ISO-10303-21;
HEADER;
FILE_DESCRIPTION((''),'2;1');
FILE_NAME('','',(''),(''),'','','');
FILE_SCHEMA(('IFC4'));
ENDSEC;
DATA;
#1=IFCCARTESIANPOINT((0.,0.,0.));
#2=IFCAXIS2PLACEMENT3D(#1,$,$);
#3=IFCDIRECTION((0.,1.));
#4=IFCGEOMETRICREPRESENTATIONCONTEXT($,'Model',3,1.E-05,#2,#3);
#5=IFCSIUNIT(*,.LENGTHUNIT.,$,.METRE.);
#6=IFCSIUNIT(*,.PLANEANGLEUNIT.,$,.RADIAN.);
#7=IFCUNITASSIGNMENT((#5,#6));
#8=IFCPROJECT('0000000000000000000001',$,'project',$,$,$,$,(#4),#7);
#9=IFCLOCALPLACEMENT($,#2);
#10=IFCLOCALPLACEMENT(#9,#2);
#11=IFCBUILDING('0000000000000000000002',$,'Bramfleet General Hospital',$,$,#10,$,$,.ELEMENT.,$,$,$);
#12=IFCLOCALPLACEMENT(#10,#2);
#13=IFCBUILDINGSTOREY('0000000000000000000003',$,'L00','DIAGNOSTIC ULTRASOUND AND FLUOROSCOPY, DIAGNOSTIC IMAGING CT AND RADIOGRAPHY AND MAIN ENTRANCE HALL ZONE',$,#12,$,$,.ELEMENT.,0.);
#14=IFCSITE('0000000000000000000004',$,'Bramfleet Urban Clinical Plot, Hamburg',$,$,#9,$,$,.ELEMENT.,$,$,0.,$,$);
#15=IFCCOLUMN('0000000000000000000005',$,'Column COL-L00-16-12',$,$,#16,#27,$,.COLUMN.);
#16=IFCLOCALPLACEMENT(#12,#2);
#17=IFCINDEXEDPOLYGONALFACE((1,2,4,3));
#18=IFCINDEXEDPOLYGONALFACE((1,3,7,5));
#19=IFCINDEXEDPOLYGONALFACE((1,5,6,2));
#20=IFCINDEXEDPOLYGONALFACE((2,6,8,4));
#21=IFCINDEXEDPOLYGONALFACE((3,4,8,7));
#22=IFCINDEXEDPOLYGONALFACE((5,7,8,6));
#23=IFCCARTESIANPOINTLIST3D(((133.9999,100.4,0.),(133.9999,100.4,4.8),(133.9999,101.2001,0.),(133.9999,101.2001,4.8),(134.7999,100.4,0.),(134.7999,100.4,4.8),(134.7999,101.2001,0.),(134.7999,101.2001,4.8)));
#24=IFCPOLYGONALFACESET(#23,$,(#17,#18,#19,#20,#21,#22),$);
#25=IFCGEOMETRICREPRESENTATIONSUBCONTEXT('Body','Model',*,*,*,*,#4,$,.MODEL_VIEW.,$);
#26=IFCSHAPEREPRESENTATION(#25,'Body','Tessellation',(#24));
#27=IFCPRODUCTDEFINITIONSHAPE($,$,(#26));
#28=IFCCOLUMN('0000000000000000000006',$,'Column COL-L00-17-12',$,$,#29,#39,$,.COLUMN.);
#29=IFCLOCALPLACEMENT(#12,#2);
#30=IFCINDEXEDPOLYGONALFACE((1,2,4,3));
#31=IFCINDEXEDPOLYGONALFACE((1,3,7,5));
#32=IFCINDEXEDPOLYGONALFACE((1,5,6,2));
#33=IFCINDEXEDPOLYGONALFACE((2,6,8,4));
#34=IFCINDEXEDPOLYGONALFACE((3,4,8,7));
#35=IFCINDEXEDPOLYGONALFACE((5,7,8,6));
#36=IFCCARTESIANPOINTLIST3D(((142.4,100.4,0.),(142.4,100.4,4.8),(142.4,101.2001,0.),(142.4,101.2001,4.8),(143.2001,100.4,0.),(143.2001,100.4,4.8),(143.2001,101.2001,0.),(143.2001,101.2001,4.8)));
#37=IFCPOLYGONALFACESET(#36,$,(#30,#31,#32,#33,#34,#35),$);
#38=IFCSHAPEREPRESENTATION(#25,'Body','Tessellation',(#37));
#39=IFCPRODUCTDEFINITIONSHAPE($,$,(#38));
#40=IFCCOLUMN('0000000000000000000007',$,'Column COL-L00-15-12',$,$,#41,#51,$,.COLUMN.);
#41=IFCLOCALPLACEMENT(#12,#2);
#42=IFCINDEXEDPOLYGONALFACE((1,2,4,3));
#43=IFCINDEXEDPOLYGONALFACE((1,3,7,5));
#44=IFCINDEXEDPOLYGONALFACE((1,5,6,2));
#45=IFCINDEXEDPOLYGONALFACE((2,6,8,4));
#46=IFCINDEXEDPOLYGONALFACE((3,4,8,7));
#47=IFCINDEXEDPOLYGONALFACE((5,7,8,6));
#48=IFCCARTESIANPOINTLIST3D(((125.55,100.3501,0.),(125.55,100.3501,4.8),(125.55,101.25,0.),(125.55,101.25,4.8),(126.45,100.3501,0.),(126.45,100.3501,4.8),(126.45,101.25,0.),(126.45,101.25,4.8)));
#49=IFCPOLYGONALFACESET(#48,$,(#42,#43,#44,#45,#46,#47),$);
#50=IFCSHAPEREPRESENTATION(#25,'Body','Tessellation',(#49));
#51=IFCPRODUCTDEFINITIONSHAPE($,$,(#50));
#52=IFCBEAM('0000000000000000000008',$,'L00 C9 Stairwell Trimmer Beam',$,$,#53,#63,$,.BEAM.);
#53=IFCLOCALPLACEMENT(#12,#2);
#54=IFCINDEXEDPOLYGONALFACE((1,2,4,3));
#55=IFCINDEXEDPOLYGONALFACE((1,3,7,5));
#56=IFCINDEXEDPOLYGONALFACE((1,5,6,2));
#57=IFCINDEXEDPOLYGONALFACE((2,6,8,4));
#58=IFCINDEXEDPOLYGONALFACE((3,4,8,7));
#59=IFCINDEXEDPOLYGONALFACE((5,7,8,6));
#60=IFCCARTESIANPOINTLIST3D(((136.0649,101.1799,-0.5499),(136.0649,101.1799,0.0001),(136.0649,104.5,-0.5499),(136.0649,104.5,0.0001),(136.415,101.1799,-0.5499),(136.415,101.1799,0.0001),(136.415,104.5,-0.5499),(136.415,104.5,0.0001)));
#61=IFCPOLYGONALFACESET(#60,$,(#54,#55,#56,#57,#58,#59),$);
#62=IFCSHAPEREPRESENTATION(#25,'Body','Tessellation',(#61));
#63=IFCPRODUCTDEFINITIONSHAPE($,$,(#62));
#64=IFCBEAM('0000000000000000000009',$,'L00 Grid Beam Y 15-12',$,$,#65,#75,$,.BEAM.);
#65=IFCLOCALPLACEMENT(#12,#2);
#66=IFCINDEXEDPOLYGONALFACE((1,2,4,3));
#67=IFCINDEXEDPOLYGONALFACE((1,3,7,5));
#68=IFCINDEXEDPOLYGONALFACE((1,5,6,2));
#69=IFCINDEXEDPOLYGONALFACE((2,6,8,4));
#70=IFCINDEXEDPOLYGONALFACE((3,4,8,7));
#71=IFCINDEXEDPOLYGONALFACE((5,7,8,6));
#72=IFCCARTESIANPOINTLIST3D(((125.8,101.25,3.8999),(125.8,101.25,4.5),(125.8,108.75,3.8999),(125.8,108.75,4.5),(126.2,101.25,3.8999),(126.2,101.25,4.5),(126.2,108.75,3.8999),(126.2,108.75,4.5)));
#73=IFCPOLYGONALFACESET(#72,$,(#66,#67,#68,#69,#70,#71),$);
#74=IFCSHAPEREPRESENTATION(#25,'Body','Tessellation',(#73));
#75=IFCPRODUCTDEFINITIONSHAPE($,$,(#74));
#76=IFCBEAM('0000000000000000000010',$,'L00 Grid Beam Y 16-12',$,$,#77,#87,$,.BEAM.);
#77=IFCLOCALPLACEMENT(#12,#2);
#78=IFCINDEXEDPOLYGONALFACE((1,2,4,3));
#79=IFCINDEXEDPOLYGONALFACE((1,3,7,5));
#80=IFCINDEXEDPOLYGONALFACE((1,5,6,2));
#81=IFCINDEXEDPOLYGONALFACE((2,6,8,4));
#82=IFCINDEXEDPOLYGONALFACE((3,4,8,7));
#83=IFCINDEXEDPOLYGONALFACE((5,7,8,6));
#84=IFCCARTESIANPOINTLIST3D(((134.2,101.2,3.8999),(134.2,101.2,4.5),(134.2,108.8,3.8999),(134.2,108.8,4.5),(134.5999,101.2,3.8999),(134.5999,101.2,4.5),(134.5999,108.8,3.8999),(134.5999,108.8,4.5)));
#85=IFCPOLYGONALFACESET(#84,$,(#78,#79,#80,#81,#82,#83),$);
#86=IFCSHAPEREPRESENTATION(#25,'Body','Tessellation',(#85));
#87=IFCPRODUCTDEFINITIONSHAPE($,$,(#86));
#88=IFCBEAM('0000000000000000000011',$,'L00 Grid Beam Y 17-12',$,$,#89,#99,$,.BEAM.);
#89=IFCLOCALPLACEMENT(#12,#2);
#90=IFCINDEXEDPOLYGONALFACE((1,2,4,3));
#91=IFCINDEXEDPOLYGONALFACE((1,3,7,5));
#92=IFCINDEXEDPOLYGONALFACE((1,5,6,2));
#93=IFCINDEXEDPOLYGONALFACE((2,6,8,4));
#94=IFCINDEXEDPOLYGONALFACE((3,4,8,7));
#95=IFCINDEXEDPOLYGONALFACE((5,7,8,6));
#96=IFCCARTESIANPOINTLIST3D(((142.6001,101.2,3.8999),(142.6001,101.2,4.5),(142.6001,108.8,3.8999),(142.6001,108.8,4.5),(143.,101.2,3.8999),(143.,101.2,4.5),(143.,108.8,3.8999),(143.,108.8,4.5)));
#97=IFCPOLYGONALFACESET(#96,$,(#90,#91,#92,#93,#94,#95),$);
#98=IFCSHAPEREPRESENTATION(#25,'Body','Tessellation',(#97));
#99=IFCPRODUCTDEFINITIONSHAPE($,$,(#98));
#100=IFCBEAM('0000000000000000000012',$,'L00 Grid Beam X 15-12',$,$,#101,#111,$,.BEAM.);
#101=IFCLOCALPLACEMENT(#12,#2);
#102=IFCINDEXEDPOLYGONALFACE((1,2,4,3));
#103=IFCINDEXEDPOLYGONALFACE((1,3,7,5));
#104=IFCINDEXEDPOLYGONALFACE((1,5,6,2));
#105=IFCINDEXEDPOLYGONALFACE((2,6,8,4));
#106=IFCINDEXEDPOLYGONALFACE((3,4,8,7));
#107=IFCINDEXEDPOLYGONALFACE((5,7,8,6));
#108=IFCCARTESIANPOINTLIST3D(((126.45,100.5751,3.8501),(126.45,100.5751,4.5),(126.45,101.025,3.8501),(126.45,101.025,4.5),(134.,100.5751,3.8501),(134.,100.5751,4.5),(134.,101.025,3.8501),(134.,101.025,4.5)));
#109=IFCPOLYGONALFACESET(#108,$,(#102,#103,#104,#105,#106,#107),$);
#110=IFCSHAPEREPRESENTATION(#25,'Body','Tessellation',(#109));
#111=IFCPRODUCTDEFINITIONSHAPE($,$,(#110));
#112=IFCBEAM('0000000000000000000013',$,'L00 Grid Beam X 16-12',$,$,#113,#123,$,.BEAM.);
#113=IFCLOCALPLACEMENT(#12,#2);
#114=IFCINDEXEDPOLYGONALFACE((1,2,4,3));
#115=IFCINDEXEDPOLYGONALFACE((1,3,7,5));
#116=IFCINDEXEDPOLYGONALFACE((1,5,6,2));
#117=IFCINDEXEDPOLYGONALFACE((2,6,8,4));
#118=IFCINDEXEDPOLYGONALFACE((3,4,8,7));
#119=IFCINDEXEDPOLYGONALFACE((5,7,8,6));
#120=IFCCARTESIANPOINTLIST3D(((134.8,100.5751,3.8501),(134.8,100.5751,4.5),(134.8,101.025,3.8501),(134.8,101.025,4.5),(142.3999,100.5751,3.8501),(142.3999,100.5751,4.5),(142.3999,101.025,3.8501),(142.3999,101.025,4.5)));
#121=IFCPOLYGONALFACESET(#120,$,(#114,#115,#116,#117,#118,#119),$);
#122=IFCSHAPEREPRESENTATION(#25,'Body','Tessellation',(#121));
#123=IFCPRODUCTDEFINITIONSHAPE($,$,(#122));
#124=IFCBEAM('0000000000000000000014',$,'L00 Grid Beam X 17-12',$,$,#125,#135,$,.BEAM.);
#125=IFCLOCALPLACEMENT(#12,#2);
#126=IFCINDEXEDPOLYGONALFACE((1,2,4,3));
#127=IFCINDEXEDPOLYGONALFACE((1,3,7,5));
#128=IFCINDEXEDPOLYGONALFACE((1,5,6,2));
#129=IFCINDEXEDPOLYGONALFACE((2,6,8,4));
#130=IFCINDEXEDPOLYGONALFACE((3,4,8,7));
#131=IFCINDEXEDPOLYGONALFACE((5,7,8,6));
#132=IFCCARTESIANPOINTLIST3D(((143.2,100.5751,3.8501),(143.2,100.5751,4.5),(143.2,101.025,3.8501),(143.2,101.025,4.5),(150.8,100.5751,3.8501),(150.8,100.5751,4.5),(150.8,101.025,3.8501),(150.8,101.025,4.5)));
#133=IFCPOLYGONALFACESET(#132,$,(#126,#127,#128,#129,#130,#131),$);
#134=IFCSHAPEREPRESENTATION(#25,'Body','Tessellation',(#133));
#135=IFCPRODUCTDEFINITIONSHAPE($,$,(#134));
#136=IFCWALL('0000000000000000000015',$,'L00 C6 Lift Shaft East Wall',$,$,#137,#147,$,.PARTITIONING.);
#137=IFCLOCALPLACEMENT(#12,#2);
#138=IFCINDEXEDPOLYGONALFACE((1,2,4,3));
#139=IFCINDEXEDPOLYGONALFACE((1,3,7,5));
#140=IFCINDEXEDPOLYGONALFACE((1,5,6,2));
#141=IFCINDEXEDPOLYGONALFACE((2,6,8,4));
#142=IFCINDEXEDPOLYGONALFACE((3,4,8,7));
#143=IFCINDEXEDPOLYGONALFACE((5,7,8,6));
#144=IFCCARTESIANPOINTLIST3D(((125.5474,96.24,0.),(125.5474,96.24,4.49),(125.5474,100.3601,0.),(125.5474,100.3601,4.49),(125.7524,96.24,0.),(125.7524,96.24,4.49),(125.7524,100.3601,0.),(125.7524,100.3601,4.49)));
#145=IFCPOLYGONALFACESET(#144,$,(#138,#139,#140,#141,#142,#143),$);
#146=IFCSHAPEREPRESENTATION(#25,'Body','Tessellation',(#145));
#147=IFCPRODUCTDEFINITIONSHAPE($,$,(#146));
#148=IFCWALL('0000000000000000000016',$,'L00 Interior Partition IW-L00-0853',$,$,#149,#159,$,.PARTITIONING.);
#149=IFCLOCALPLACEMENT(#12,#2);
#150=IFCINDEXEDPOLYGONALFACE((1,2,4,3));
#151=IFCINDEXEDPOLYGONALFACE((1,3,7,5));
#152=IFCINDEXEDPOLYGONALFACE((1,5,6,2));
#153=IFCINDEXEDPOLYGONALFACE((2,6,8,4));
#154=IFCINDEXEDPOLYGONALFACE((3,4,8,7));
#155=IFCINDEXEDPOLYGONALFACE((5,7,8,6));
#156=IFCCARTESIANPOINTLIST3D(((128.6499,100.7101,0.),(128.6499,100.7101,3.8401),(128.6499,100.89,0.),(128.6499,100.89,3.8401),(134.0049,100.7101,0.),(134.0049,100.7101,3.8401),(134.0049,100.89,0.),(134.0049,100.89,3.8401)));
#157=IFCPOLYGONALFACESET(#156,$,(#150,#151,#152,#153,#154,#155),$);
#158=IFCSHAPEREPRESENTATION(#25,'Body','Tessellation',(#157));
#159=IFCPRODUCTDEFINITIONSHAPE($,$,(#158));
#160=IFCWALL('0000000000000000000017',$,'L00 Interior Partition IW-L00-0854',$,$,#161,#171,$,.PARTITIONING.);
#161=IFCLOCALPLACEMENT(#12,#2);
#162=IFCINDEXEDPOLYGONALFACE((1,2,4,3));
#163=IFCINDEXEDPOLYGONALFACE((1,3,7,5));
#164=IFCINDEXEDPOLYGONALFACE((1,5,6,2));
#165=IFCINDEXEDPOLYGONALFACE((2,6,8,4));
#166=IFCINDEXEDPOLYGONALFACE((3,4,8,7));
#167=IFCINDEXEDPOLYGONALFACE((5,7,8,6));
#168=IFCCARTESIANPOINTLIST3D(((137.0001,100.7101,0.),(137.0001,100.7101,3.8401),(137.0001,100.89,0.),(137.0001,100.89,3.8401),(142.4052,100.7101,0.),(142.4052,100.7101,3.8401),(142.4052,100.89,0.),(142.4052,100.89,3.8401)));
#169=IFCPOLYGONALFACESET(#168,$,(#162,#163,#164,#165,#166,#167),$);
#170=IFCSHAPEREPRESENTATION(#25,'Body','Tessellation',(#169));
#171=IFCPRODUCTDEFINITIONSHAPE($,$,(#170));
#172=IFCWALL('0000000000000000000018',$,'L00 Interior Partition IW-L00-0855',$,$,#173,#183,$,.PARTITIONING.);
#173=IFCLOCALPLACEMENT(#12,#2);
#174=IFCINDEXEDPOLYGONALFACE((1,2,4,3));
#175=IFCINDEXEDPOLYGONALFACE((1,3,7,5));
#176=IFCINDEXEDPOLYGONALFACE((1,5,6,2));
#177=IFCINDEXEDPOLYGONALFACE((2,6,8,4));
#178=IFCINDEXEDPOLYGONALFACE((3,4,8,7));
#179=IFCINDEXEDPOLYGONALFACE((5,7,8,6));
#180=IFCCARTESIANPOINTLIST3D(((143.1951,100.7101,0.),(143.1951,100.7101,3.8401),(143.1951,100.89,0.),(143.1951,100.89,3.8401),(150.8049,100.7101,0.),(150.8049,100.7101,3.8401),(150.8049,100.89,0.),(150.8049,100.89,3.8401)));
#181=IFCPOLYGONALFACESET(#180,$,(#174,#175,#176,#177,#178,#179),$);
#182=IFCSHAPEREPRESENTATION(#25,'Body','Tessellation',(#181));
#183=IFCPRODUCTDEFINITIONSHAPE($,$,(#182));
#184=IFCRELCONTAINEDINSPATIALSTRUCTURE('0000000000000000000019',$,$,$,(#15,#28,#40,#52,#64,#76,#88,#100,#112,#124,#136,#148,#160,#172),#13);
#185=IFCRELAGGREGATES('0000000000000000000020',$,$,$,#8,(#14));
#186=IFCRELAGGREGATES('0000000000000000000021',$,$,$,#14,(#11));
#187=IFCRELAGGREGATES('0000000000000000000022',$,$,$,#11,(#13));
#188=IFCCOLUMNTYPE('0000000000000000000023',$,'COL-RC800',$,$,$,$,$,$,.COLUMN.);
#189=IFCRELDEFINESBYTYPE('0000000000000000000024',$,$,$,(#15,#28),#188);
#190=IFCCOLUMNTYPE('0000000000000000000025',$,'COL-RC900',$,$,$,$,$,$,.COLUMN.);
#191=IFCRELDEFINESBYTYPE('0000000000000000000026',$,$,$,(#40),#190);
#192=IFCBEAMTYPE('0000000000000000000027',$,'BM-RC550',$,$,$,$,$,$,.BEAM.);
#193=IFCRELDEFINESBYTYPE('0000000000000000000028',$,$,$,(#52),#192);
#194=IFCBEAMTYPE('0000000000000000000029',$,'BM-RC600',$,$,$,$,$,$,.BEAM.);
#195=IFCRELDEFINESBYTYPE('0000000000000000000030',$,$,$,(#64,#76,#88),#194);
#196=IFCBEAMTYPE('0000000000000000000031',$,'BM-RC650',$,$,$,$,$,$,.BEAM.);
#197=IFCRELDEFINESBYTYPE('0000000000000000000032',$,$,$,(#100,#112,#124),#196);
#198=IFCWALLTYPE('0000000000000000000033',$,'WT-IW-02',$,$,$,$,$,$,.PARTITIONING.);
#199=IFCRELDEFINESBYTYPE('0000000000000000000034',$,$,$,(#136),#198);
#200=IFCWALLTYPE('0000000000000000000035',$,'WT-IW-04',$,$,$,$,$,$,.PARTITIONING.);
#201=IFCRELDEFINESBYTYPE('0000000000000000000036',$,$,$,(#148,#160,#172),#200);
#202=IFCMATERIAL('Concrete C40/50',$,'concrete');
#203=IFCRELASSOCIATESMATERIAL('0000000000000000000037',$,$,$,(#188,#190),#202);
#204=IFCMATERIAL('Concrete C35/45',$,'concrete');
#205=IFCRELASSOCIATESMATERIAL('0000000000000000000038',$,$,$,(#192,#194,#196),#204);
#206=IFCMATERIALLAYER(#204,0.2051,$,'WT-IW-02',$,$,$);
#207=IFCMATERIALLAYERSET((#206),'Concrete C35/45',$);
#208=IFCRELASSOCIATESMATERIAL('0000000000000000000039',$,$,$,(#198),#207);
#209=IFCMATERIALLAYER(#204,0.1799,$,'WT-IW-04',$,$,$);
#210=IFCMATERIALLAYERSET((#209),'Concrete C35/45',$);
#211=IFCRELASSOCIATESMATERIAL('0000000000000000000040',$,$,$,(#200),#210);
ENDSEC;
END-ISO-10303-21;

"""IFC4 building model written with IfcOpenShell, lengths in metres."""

from ifc_helpers import new_model, si_unit, direction, frame, frame_2d, origin, origin_2d, place, context, subcontext, project, spatial, rectangle, extrude, material, layer, layer_set, material_profile, profile_set, type_object, element, save


model = new_model("IFC4")

# Units and contexts
model_context = context("Model", 3, precision=1e-05, world=origin(), true_north=direction((0.0, 1.0)))
body_context = subcontext(model_context, "Body", "Model", "MODEL_VIEW")
ifc_project = project(units=[si_unit("LENGTHUNIT", "METRE"), si_unit("PLANEANGLEUNIT", "RADIAN")], contexts=[model_context])

# Site, building, storey
site_placement = place(None, origin())
site = spatial("IfcSite", under=ifc_project, at=site_placement, Name="Bramfleet Urban Clinical Plot, Hamburg", CompositionType="ELEMENT", RefElevation=0.0)
building_placement = place(site_placement, origin())
building = spatial("IfcBuilding", under=site, at=building_placement, Name="Bramfleet General Hospital", CompositionType="ELEMENT")
storey_placement = place(building_placement, origin())
storey = spatial("IfcBuildingStorey", under=building, at=storey_placement, Name="L00", Description="DIAGNOSTIC ULTRASOUND AND FLUOROSCOPY, DIAGNOSTIC IMAGING CT AND RADIOGRAPHY AND MAIN ENTRANCE HALL ZONE", CompositionType="ELEMENT", Elevation=0.0)

# Columns
ifc_material_1 = material(Name="Concrete C40/50", Category="concrete")
ifc_material_profile_1 = material_profile(ifc_material_1, rectangle(XDim=0.8, YDim=0.8, at=origin_2d()), Name="RC COL 800x800")
ifc_profile_set_1 = profile_set([ifc_material_profile_1], Name="Concrete C40/50")
column_type_1 = type_object("IfcColumnType", Name="COL-RC800", PredefinedType="COLUMN", material=ifc_profile_set_1)
for number, where, z_axis, x_axis, name in (
    (1, (134.3999, 100.8, 0.0), (0.0, 0.0, 1.0), (1.0, 0.0, 0.0), "Column COL-L00-16-12"),
    (2, (142.8, 100.8, 0.0), (0.0, 0.0, 1.0), (1.0, 0.0, 0.0), "Column COL-L00-17-12"),
):
    element("IfcColumn", number, at=place(storey_placement, frame(where, z_axis=z_axis, x_axis=x_axis)), inside=storey, type_object=column_type_1, Name=name, PredefinedType="COLUMN", context=body_context, shape_type="SweptSolid", body=[
        extrude(rectangle(XDim=0.8, YDim=0.8, at=origin_2d()), origin(), (0.0, 0.0, 1.0), 4.8),
    ])
ifc_material_profile_2 = material_profile(ifc_material_1, rectangle(XDim=0.8999, YDim=0.8999, at=origin_2d()), Name="RC COL 900x900")
ifc_profile_set_2 = profile_set([ifc_material_profile_2], Name="Concrete C40/50")
column_type_2 = type_object("IfcColumnType", Name="COL-RC900", PredefinedType="COLUMN", material=ifc_profile_set_2)
column_placement = place(storey_placement, frame((126.0, 100.8, 0.0), z_axis=(0.0, 0.0, 1.0), x_axis=(1.0, 0.0, 0.0)))
element("IfcColumn", 3, at=column_placement, inside=storey, type_object=column_type_2, Name="Column COL-L00-15-12", PredefinedType="COLUMN", context=body_context, shape_type="SweptSolid", body=[
    extrude(rectangle(XDim=0.8999, YDim=0.8999, at=origin_2d()), origin(), (0.0, 0.0, 1.0), 4.8),
])

# Beams
ifc_material_2 = material(Name="Concrete C35/45", Category="concrete")
ifc_material_profile_3 = material_profile(ifc_material_2, rectangle(XDim=0.3501, YDim=0.55, at=origin_2d()), Name="RC BM 550x350")
ifc_profile_set_3 = profile_set([ifc_material_profile_3], Name="Concrete C35/45")
beam_type_1 = type_object("IfcBeamType", Name="BM-RC550", PredefinedType="BEAM", material=ifc_profile_set_3)
beam_1_placement = place(storey_placement, frame((136.24, 101.1799, -0.2749), z_axis=(0.0, 1.0, 0.0), x_axis=(-1.0, 0.0, 0.0)))
element("IfcBeam", 4, at=beam_1_placement, inside=storey, type_object=beam_type_1, Name="L00 C9 Stairwell Trimmer Beam", PredefinedType="BEAM", context=body_context, shape_type="SweptSolid", body=[
    extrude(rectangle(XDim=0.3501, YDim=0.55, at=origin_2d()), origin(), (0.0, 0.0, 1.0), 3.3201),
])
ifc_material_profile_4 = material_profile(ifc_material_2, rectangle(XDim=0.3999, YDim=0.6001, at=origin_2d()), Name="RC BM 600x400")
ifc_profile_set_4 = profile_set([ifc_material_profile_4], Name="Concrete C35/45")
beam_type_2 = type_object("IfcBeamType", Name="BM-RC600", PredefinedType="BEAM", material=ifc_profile_set_4)
beam_2_placement = place(storey_placement, frame((126.0, 101.25, 4.2), z_axis=(0.0, 1.0, 0.0), x_axis=(-1.0, 0.0, 0.0)))
element("IfcBeam", 5, at=beam_2_placement, inside=storey, type_object=beam_type_2, Name="L00 Grid Beam Y 15-12", PredefinedType="BEAM", context=body_context, shape_type="SweptSolid", body=[
    extrude(rectangle(XDim=0.3999, YDim=0.6001, at=origin_2d()), origin(), (0.0, 0.0, 1.0), 7.5),
])
for number, where, z_axis, x_axis, name in (
    (6, (134.3999, 101.2, 4.2), (0.0, 1.0, 0.0), (-1.0, 0.0, 0.0), "L00 Grid Beam Y 16-12"),
    (7, (142.8, 101.2, 4.2), (0.0, 1.0, 0.0), (-1.0, 0.0, 0.0), "L00 Grid Beam Y 17-12"),
):
    element("IfcBeam", number, at=place(storey_placement, frame(where, z_axis=z_axis, x_axis=x_axis)), inside=storey, type_object=beam_type_2, Name=name, PredefinedType="BEAM", context=body_context, shape_type="SweptSolid", body=[
        extrude(rectangle(XDim=0.3999, YDim=0.6001, at=origin_2d()), origin(), (0.0, 0.0, 1.0), 7.6001),
    ])
ifc_material_profile_5 = material_profile(ifc_material_2, rectangle(XDim=0.45, YDim=0.6499, at=origin_2d()), Name="RC BM 650x450")
ifc_profile_set_5 = profile_set([ifc_material_profile_5], Name="Concrete C35/45")
beam_type_3 = type_object("IfcBeamType", Name="BM-RC650", PredefinedType="BEAM", material=ifc_profile_set_5)
beam_3_placement = place(storey_placement, frame((126.45, 100.8, 4.175), z_axis=(1.0, 0.0, 0.0), x_axis=(0.0, 1.0, 0.0)))
element("IfcBeam", 8, at=beam_3_placement, inside=storey, type_object=beam_type_3, Name="L00 Grid Beam X 15-12", PredefinedType="BEAM", context=body_context, shape_type="SweptSolid", body=[
    extrude(rectangle(XDim=0.45, YDim=0.6499, at=origin_2d()), origin(), (0.0, 0.0, 1.0), 7.55),
])
beam_4_placement = place(storey_placement, frame((134.8, 100.8, 4.175), z_axis=(1.0, 0.0, 0.0), x_axis=(0.0, 1.0, 0.0)))
element("IfcBeam", 9, at=beam_4_placement, inside=storey, type_object=beam_type_3, Name="L00 Grid Beam X 16-12", PredefinedType="BEAM", context=body_context, shape_type="SweptSolid", body=[
    extrude(rectangle(XDim=0.45, YDim=0.6499, at=origin_2d()), origin(), (0.0, 0.0, 1.0), 7.5999),
])
beam_5_placement = place(storey_placement, frame((143.2, 100.8, 4.175), z_axis=(1.0, 0.0, 0.0), x_axis=(0.0, 1.0, 0.0)))
element("IfcBeam", 10, at=beam_5_placement, inside=storey, type_object=beam_type_3, Name="L00 Grid Beam X 17-12", PredefinedType="BEAM", context=body_context, shape_type="SweptSolid", body=[
    extrude(rectangle(XDim=0.45, YDim=0.6499, at=origin_2d()), origin(), (0.0, 0.0, 1.0), 7.6001),
])

# Walls
ifc_layer_1 = layer(ifc_material_2, 0.2051, Name="WT-IW-02")
ifc_layer_set_1 = layer_set([ifc_layer_1], Name="Concrete C35/45")
wall_type_1 = type_object("IfcWallType", Name="WT-IW-02", PredefinedType="PARTITIONING", material=ifc_layer_set_1)
wall_1_placement = place(storey_placement, frame((125.6499, 96.24, 0.0), z_axis=(0.0, 0.0, 1.0), x_axis=(0.0, 1.0, 0.0)))
element("IfcWall", 11, at=wall_1_placement, inside=storey, type_object=wall_type_1, Name="L00 C6 Lift Shaft East Wall", PredefinedType="PARTITIONING", context=body_context, shape_type="SweptSolid", body=[
    extrude(rectangle(XDim=4.1201, YDim=0.2051, at=frame_2d((2.0601, 0.0))), origin(), (0.0, 0.0, 1.0), 4.49),
])
ifc_layer_2 = layer(ifc_material_2, 0.1799, Name="WT-IW-04")
ifc_layer_set_2 = layer_set([ifc_layer_2], Name="Concrete C35/45")
wall_type_2 = type_object("IfcWallType", Name="WT-IW-04", PredefinedType="PARTITIONING", material=ifc_layer_set_2)
wall_2_placement = place(storey_placement, frame((128.6499, 100.8, 0.0), z_axis=(0.0, 0.0, 1.0), x_axis=(1.0, 0.0, 0.0)))
element("IfcWall", 12, at=wall_2_placement, inside=storey, type_object=wall_type_2, Name="L00 Interior Partition IW-L00-0853", PredefinedType="PARTITIONING", context=body_context, shape_type="SweptSolid", body=[
    extrude(rectangle(XDim=5.355, YDim=0.1799, at=frame_2d((2.6775, 0.0))), origin(), (0.0, 0.0, 1.0), 3.8401),
])
wall_3_placement = place(storey_placement, frame((137.0, 100.8, 0.0), z_axis=(0.0, 0.0, 1.0), x_axis=(1.0, 0.0, 0.0)))
element("IfcWall", 13, at=wall_3_placement, inside=storey, type_object=wall_type_2, Name="L00 Interior Partition IW-L00-0854", PredefinedType="PARTITIONING", context=body_context, shape_type="SweptSolid", body=[
    extrude(rectangle(XDim=5.405, YDim=0.1799, at=frame_2d((2.7026, 0.0))), origin(), (0.0, 0.0, 1.0), 3.8401),
])
wall_4_placement = place(storey_placement, frame((143.1951, 100.8, 0.0), z_axis=(0.0, 0.0, 1.0), x_axis=(1.0, 0.0, 0.0)))
element("IfcWall", 14, at=wall_4_placement, inside=storey, type_object=wall_type_2, Name="L00 Interior Partition IW-L00-0855", PredefinedType="PARTITIONING", context=body_context, shape_type="SweptSolid", body=[
    extrude(rectangle(XDim=7.6099, YDim=0.1799, at=frame_2d((3.8049, 0.0))), origin(), (0.0, 0.0, 1.0), 3.8401),
])

save(model, "model.ifc")
